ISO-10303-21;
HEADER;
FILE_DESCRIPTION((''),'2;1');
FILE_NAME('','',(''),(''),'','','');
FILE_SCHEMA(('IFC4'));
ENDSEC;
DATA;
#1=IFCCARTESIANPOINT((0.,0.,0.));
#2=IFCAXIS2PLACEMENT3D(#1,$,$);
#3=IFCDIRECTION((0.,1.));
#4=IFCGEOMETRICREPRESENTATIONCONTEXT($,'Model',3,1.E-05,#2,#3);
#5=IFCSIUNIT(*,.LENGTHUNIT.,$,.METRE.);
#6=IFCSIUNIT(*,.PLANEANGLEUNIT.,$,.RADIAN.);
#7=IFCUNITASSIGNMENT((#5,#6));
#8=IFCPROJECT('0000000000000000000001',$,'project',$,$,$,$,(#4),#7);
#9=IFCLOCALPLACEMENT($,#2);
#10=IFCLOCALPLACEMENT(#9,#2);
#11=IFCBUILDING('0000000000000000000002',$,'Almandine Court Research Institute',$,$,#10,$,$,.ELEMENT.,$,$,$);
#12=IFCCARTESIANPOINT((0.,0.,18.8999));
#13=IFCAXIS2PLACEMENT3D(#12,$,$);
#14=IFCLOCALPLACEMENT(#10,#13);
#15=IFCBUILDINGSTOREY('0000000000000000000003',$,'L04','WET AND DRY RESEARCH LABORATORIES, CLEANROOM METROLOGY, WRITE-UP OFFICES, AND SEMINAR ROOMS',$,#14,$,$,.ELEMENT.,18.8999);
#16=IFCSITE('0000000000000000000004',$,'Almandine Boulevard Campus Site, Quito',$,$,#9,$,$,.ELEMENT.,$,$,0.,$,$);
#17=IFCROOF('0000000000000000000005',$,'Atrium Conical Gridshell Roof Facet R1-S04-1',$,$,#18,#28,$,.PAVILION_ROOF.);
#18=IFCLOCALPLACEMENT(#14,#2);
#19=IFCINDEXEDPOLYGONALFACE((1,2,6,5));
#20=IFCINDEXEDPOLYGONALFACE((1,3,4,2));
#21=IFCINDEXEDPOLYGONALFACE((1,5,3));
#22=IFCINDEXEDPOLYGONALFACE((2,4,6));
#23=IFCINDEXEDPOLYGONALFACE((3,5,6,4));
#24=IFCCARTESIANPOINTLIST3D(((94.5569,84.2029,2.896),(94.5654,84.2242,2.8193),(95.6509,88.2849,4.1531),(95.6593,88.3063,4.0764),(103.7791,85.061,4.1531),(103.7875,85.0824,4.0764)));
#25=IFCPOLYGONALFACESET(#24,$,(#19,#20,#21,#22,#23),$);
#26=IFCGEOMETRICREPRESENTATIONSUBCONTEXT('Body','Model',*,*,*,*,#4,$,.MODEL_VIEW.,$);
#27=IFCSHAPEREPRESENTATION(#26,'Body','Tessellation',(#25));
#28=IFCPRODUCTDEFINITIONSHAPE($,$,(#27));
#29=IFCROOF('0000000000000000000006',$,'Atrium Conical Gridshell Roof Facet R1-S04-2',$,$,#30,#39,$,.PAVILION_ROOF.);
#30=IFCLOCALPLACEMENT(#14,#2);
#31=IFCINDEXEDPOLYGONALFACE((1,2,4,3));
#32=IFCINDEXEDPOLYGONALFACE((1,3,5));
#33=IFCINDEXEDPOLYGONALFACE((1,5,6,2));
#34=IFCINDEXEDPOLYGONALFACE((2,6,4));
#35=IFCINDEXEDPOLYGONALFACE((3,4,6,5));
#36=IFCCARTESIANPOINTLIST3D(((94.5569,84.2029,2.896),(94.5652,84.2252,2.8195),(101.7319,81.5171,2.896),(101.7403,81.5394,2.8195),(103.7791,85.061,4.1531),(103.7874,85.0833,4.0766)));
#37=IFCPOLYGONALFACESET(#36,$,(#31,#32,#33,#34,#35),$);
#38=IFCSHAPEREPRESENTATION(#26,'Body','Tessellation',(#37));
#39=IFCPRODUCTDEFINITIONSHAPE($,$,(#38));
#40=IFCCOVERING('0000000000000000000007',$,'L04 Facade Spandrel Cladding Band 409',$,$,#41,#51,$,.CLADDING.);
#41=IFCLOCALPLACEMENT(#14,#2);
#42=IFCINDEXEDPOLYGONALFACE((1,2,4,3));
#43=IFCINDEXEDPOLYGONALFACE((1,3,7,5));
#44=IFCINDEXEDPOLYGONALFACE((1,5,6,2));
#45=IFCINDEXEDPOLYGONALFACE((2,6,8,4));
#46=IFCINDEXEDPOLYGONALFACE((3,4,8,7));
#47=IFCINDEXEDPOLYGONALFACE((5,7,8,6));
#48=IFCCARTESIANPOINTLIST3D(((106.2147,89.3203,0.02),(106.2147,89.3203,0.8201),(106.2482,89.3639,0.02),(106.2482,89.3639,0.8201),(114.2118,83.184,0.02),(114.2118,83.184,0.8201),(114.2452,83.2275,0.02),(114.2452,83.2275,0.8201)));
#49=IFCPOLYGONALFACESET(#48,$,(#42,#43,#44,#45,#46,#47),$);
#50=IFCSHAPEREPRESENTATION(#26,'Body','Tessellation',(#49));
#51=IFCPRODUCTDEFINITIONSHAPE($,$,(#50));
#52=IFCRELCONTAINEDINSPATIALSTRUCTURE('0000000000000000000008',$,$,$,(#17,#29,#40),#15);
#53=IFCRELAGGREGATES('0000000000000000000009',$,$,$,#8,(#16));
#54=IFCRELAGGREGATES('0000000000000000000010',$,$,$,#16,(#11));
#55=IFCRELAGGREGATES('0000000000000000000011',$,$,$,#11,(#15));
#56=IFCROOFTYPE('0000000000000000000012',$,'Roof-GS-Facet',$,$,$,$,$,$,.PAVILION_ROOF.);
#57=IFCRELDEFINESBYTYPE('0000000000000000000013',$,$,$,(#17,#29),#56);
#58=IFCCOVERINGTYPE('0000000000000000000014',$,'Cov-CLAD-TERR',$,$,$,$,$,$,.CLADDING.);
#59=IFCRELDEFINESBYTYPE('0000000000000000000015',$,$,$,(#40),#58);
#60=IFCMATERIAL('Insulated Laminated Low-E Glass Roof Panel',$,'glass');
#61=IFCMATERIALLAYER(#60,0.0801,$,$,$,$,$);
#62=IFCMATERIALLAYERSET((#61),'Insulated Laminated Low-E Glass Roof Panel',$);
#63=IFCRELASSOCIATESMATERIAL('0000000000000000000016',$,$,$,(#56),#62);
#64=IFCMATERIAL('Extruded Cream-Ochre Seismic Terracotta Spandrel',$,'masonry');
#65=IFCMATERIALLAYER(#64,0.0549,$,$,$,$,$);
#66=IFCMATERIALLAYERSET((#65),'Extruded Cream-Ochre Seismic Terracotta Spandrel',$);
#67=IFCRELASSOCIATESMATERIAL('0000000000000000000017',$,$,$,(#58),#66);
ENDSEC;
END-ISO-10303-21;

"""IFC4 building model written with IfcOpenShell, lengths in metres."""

from ifc_helpers import new_model, si_unit, direction, frame, origin, origin_2d, place, context, subcontext, project, spatial, polyline, rectangle, outline, extrude, material, layer, layer_set, type_object, element, save


model = new_model("IFC4")

# Units and contexts
model_context = context("Model", 3, precision=1e-05, world=origin(), true_north=direction((0.0, 1.0)))
body_context = subcontext(model_context, "Body", "Model", "MODEL_VIEW")
ifc_project = project(units=[si_unit("LENGTHUNIT", "METRE"), si_unit("PLANEANGLEUNIT", "RADIAN")], contexts=[model_context])

# Site, building, storey
site_placement = place(None, origin())
site = spatial("IfcSite", under=ifc_project, at=site_placement, Name="Almandine Boulevard Campus Site, Quito", CompositionType="ELEMENT", RefElevation=0.0)
building_placement = place(site_placement, origin())
building = spatial("IfcBuilding", under=site, at=building_placement, Name="Almandine Court Research Institute", CompositionType="ELEMENT")
storey_placement = place(building_placement, frame((0.0, 0.0, 18.8999)))
storey = spatial("IfcBuildingStorey", under=building, at=storey_placement, Name="L04", Description="WET AND DRY RESEARCH LABORATORIES, CLEANROOM METROLOGY, WRITE-UP OFFICES, AND SEMINAR ROOMS", CompositionType="ELEMENT", Elevation=18.8999)

# Roofs
ifc_material_1 = material(Name="Insulated Laminated Low-E Glass Roof Panel", Category="glass")
ifc_layer_1 = layer(ifc_material_1, 0.0801)
ifc_layer_set_1 = layer_set([ifc_layer_1], Name="Insulated Laminated Low-E Glass Roof Panel")
roof_type = type_object("IfcRoofType", Name="Roof-GS-Facet", PredefinedType="PAVILION_ROOF", material=ifc_layer_set_1)
roof_1_placement = place(storey_placement, frame((103.7791, 85.061, 4.1531), z_axis=(-0.105767, -0.266665, 0.957968), x_axis=(-0.929553, 0.368689, 0.0)))
element("IfcRoof", 1, at=roof_1_placement, inside=storey, type_object=roof_type, Name="Atrium Conical Gridshell Roof Facet R1-S04-1", PredefinedType="PAVILION_ROOF", context=body_context, shape_type="SweptSolid", body=[
    extrude(outline(polyline([(0.0, 0.0), (8.7442, 0.0), (8.2561, 4.382), (0.0, 0.0)])), origin(), (0.0, 0.0, -1.0), 0.0801),
])
roof_2_placement = place(storey_placement, frame((103.7791, 85.061, 4.1531), z_axis=(-0.104234, -0.27846, 0.954775), x_axis=(-0.986652, -0.091811, -0.134491)))
element("IfcRoof", 2, at=roof_2_placement, inside=storey, type_object=roof_type, Name="Atrium Conical Gridshell Roof Facet R1-S04-2", PredefinedType="PAVILION_ROOF", context=body_context, shape_type="SweptSolid", body=[
    extrude(outline(polyline([(0.0, 0.0), (9.3469, 0.0), (2.5142, 3.4654), (0.0, 0.0)])), origin(), (0.0, 0.0, -1.0), 0.0801),
])

# Covering
ifc_material_2 = material(Name="Extruded Cream-Ochre Seismic Terracotta Spandrel", Category="masonry")
ifc_layer_2 = layer(ifc_material_2, 0.0549)
ifc_layer_set_2 = layer_set([ifc_layer_2], Name="Extruded Cream-Ochre Seismic Terracotta Spandrel")
covering_type = type_object("IfcCoveringType", Name="Cov-CLAD-TERR", PredefinedType="CLADDING", material=ifc_layer_set_2)
covering_placement = place(storey_placement, frame((110.23, 86.2739, 0.02), z_axis=(0.0, 0.0, 1.0), x_axis=(-0.793353, 0.608761, 0.0)))
element("IfcCovering", 3, at=covering_placement, inside=storey, type_object=covering_type, Name="L04 Facade Spandrel Cladding Band 409", PredefinedType="CLADDING", context=body_context, shape_type="SweptSolid", body=[
    extrude(rectangle(XDim=10.0801, YDim=0.0549, at=origin_2d()), origin(), (0.0, 0.0, 1.0), 0.8),
])

save(model, "model.ifc")
